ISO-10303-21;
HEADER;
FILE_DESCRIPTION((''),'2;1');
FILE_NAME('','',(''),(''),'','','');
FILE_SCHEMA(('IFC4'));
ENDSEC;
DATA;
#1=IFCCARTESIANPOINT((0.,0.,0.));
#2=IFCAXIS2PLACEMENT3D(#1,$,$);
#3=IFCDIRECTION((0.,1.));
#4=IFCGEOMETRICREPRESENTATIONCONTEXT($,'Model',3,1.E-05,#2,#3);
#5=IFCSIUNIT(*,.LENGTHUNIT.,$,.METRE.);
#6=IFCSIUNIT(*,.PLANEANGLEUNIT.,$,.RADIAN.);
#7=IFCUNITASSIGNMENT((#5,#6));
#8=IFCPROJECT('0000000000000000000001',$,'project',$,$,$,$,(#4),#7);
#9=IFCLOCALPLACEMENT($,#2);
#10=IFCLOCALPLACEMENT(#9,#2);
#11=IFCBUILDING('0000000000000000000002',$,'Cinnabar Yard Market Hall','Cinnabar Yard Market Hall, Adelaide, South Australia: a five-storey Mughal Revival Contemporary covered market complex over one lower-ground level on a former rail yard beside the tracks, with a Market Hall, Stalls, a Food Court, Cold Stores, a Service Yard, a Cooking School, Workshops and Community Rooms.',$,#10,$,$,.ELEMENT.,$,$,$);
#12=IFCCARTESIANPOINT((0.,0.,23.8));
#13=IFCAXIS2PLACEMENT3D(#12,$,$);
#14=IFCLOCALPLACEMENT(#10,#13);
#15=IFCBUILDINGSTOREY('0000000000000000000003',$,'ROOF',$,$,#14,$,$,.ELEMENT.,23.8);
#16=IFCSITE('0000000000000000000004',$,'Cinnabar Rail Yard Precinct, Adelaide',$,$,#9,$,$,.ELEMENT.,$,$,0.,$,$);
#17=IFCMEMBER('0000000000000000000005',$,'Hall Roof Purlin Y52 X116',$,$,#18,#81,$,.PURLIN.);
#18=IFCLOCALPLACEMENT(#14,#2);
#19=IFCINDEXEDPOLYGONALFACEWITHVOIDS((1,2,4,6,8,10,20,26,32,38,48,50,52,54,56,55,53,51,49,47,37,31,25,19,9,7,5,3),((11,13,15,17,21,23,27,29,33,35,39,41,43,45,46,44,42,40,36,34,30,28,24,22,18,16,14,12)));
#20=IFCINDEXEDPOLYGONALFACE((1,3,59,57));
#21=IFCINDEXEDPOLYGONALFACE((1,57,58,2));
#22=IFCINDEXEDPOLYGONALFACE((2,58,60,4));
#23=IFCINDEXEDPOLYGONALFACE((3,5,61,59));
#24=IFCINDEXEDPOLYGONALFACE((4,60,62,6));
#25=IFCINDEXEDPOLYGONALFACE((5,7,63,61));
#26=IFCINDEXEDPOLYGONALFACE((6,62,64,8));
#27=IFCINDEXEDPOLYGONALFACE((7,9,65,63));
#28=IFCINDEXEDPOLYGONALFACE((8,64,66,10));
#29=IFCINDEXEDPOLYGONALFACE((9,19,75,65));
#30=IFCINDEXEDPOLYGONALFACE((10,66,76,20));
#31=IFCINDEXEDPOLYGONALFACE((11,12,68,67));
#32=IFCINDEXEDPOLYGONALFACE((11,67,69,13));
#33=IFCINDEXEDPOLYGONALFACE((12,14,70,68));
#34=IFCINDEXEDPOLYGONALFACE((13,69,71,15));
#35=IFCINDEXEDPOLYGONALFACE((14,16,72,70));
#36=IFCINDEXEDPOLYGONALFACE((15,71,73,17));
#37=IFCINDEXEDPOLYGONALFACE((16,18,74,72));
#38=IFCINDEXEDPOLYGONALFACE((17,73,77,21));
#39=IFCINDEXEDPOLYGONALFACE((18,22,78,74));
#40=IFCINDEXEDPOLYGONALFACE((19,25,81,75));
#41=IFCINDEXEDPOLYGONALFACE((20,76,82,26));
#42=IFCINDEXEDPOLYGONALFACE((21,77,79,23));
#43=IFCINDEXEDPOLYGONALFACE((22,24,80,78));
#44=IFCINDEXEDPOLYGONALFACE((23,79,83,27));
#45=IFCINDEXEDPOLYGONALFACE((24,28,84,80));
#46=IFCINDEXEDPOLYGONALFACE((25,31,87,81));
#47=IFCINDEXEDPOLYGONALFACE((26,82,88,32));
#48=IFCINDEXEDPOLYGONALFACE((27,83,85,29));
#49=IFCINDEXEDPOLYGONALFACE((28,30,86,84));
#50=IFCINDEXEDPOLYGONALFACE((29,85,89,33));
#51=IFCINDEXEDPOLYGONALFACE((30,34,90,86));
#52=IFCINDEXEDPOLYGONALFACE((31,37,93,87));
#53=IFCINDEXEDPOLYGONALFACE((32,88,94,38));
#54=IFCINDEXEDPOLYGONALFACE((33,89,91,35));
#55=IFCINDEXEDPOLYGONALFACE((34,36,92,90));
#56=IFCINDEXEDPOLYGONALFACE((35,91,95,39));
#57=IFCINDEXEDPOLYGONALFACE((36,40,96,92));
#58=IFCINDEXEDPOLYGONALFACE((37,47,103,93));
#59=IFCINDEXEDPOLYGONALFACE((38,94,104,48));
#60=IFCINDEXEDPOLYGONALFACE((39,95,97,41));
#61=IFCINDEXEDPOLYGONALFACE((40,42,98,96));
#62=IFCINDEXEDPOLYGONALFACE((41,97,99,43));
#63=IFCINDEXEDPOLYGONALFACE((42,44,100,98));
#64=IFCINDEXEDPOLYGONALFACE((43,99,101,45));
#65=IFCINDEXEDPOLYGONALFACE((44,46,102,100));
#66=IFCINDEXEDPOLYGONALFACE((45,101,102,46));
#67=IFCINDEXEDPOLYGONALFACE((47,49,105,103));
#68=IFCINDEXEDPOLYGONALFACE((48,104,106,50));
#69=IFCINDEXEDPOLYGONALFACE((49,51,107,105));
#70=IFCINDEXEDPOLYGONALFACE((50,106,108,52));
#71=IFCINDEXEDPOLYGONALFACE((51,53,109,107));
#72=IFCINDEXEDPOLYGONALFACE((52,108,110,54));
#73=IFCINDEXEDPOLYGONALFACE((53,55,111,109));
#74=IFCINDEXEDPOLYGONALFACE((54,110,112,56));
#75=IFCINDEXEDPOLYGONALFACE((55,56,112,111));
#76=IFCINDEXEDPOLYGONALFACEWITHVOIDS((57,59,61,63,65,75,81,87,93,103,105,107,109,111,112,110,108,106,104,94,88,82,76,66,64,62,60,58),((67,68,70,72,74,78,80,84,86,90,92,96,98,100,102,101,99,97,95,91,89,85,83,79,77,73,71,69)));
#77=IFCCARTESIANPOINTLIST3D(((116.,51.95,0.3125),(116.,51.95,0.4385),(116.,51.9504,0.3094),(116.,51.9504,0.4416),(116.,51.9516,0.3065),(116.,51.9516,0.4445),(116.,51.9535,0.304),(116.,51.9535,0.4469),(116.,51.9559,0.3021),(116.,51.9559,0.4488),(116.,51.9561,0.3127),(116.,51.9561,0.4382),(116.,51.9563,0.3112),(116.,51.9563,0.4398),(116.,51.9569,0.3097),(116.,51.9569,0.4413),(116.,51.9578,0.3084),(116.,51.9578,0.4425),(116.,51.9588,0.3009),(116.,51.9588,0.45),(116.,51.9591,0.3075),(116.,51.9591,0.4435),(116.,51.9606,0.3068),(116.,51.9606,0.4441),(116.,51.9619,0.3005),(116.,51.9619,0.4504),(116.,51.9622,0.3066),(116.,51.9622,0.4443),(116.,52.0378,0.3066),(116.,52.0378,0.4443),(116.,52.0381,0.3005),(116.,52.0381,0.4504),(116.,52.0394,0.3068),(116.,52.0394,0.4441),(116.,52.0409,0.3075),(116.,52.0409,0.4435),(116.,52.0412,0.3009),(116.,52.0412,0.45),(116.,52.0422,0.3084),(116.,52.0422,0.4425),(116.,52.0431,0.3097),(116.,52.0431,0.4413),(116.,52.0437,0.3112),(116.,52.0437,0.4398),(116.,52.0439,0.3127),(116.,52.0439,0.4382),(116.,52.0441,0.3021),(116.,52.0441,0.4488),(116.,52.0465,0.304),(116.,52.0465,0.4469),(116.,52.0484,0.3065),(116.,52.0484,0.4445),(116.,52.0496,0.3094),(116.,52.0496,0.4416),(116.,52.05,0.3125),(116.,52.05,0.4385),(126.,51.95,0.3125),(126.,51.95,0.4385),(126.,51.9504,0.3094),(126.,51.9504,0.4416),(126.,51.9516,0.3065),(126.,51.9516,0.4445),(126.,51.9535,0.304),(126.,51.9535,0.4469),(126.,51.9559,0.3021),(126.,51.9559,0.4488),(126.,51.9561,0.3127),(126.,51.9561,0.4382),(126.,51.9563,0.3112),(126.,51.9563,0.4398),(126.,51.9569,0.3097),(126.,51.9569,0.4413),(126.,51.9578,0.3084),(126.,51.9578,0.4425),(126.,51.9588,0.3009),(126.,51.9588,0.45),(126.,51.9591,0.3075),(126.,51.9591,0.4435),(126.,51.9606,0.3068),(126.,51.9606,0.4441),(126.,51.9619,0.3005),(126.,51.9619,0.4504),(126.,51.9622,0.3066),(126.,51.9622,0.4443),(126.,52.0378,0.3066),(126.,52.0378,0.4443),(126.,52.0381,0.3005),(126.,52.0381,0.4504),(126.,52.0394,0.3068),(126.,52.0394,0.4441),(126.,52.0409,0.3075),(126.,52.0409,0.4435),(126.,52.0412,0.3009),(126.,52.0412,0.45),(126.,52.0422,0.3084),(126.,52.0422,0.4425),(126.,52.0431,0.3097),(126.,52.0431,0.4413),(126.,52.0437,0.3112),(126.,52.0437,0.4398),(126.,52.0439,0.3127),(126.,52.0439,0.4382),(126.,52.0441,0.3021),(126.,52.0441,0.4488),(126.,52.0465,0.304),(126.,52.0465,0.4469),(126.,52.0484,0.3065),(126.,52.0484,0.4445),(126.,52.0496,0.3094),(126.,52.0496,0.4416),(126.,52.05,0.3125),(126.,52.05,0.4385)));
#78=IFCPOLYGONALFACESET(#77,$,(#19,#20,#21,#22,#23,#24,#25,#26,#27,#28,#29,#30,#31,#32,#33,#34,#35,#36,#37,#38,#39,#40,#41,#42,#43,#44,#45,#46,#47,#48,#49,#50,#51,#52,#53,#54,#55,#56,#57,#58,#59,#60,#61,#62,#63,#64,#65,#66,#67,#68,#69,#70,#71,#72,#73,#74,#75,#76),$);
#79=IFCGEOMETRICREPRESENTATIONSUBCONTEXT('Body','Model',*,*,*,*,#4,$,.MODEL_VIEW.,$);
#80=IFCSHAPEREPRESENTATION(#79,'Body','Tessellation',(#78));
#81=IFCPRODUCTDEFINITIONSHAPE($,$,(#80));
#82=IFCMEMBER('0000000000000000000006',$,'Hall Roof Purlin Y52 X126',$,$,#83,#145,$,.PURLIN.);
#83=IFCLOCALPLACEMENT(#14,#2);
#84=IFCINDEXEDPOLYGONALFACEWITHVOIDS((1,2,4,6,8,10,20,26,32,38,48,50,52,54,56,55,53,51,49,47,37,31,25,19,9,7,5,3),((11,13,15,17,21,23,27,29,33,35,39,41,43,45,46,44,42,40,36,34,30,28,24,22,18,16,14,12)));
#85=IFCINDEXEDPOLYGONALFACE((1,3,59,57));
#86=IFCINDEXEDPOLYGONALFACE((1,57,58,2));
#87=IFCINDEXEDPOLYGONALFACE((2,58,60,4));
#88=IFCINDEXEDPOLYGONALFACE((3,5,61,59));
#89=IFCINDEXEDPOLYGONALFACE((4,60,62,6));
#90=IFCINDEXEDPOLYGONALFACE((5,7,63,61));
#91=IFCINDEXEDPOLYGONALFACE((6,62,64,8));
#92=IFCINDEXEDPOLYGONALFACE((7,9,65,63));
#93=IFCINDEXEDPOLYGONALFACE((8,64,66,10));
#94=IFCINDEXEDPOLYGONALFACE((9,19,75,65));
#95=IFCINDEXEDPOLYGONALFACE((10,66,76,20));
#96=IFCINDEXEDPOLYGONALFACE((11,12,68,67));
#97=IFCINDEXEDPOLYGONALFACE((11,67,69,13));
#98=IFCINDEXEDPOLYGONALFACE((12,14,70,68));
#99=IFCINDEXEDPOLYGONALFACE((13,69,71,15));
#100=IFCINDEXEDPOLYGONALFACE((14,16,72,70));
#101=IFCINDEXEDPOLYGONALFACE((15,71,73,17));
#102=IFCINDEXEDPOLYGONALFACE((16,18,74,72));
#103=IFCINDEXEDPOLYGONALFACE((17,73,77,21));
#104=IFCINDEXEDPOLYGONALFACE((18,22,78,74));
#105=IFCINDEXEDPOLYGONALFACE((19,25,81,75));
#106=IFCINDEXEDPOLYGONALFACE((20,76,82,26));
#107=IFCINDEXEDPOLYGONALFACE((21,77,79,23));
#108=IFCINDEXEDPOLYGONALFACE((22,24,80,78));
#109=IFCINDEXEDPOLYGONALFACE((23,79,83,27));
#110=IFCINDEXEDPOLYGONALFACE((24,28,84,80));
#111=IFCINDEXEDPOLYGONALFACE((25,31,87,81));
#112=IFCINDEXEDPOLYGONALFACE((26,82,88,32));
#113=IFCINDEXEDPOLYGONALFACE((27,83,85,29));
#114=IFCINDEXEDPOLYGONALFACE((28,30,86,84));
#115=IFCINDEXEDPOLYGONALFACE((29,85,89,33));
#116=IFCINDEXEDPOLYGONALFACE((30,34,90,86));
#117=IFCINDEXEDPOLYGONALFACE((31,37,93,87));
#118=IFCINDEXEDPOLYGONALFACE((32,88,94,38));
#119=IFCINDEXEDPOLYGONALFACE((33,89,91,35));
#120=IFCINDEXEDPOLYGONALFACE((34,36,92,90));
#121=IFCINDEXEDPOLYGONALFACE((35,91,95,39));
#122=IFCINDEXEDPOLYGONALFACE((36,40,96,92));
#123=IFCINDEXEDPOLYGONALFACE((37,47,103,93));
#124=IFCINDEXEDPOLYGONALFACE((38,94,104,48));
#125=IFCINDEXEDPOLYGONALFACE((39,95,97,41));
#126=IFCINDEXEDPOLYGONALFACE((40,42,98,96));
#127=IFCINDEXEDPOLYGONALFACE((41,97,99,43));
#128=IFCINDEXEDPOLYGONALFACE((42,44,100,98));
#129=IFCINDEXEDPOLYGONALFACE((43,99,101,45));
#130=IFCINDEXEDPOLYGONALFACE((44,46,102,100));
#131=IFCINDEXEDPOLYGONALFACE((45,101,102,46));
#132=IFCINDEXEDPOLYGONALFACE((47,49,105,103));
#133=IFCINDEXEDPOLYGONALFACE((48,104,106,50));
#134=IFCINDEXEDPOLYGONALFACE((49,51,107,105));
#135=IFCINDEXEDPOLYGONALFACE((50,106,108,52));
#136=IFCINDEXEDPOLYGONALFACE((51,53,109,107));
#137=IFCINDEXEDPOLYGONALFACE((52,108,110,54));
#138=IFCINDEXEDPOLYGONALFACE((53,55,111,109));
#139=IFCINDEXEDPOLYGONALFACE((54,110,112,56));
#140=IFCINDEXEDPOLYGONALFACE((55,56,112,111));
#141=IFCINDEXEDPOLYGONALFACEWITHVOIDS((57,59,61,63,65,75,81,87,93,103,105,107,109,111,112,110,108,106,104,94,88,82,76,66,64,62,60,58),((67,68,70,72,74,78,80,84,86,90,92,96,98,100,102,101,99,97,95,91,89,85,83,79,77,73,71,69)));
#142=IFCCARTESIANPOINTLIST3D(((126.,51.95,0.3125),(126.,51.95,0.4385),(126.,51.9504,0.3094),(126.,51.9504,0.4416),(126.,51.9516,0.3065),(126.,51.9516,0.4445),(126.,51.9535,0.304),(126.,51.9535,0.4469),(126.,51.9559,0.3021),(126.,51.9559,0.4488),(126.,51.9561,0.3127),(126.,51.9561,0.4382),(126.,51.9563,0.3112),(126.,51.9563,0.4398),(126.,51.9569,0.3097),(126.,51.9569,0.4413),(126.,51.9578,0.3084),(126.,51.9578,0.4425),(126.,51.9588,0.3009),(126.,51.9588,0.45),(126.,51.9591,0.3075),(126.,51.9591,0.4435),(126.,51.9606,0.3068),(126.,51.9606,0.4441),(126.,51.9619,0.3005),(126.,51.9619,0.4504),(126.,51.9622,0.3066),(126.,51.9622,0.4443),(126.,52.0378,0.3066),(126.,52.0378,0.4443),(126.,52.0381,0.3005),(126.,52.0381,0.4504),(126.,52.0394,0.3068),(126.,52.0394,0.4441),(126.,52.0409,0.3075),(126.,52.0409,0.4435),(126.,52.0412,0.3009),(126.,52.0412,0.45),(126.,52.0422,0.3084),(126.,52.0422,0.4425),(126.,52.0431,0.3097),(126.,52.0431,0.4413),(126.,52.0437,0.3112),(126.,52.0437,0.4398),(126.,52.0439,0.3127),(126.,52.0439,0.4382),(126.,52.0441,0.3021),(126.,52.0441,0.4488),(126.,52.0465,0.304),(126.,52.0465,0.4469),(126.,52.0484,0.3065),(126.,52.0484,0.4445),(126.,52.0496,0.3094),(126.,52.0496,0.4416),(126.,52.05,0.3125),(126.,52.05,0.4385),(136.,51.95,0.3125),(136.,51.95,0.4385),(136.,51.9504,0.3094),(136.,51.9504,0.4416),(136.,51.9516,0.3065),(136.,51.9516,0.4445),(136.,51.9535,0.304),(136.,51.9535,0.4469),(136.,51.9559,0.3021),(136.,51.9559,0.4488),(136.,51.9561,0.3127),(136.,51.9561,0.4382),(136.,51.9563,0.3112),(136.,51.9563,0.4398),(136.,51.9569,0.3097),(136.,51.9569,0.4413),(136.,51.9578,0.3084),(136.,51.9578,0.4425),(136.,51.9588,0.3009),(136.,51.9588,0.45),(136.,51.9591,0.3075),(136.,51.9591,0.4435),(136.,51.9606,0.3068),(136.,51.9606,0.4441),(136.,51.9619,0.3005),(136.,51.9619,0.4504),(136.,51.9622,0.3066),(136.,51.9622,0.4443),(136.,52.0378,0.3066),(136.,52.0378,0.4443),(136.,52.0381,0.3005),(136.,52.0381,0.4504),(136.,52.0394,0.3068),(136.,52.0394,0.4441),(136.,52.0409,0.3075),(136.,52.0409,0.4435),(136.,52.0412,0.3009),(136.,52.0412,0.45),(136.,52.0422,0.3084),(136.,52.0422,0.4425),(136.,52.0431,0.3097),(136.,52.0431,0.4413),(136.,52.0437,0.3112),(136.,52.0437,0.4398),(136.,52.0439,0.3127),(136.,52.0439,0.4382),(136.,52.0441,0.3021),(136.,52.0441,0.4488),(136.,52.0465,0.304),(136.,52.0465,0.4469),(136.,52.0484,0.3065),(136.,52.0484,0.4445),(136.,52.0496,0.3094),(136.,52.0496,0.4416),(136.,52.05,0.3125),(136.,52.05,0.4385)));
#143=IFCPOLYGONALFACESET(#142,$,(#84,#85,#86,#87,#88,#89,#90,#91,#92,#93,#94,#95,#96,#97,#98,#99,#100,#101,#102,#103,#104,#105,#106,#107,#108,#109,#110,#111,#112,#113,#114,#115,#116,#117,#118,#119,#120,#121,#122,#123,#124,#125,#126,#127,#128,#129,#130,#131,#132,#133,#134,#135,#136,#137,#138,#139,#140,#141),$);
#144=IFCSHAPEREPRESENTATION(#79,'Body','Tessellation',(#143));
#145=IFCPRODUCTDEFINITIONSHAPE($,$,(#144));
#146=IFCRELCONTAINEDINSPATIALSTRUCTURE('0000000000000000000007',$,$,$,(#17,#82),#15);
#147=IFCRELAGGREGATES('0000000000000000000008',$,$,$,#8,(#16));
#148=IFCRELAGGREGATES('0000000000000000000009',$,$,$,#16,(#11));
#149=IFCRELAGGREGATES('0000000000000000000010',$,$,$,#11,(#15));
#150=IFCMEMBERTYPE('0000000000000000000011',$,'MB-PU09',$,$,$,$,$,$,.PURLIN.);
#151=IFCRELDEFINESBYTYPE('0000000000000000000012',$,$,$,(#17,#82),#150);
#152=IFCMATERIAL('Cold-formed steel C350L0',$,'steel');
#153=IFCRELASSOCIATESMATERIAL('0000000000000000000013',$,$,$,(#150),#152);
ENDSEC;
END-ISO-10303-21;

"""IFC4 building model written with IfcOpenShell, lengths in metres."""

from ifc_helpers import new_model, si_unit, direction, frame, origin, origin_2d_with_axis, place, context, subcontext, project, spatial, hollow_rectangle, extrude, material, material_profile, profile_set, type_object, element, save


model = new_model("IFC4")

# Units and contexts
model_context = context("Model", 3, precision=1e-05, world=origin(), true_north=direction((0.0, 1.0)))
body_context = subcontext(model_context, "Body", "Model", "MODEL_VIEW")
ifc_project = project(units=[si_unit("LENGTHUNIT", "METRE"), si_unit("PLANEANGLEUNIT", "RADIAN")], contexts=[model_context])

# Site, building, storey
site_placement = place(None, origin())
site = spatial("IfcSite", under=ifc_project, at=site_placement, Name="Cinnabar Rail Yard Precinct, Adelaide", CompositionType="ELEMENT", RefElevation=0.0)
building_placement = place(site_placement, origin())
building = spatial("IfcBuilding", under=site, at=building_placement, Name="Cinnabar Yard Market Hall", Description="Cinnabar Yard Market Hall, Adelaide, South Australia: a five-storey Mughal Revival Contemporary covered market complex over one lower-ground level on a former rail yard beside the tracks, with a Market Hall, Stalls, a Food Court, Cold Stores, a Service Yard, a Cooking School, Workshops and Community Rooms.", CompositionType="ELEMENT")
storey_placement = place(building_placement, frame((0.0, 0.0, 23.8)))
storey = spatial("IfcBuildingStorey", under=building, at=storey_placement, Name="ROOF", CompositionType="ELEMENT", Elevation=23.8)

# Members
ifc_material_1 = material(Name="Cold-formed steel C350L0", Category="steel")
ifc_material_profile_1 = material_profile(ifc_material_1, hollow_rectangle(XDim=0.1001, YDim=0.1499, WallThickness=0.0061, InnerFilletRadius=0.0061, OuterFilletRadius=0.012, at=origin_2d_with_axis()), Name="150x100x6.0RHS")
ifc_profile_set_1 = profile_set([ifc_material_profile_1], Name="Cold-formed steel C350L0")
member_type_1 = type_object("IfcMemberType", Name="MB-PU09", PredefinedType="PURLIN", material=ifc_profile_set_1)
for number, where, z_axis, x_axis, name in (
    (1, (116.0, 52.0, 0.3755), (1.0, 0.0, 0.0), (0.0, 1.0, 0.0), "Hall Roof Purlin Y52 X116"),
    (2, (126.0, 52.0, 0.3755), (1.0, 0.0, 0.0), (0.0, 1.0, 0.0), "Hall Roof Purlin Y52 X126"),
):
    element("IfcMember", number, at=place(storey_placement, frame(where, z_axis=z_axis, x_axis=x_axis)), inside=storey, type_object=member_type_1, Name=name, PredefinedType="PURLIN", context=body_context, shape_type="SweptSolid", body=[
        extrude(hollow_rectangle(XDim=0.1001, YDim=0.1499, WallThickness=0.0061, InnerFilletRadius=0.0061, OuterFilletRadius=0.012, at=origin_2d_with_axis()), origin(), (0.0, 0.0, 1.0), 10.0),
    ])

save(model, "model.ifc")
